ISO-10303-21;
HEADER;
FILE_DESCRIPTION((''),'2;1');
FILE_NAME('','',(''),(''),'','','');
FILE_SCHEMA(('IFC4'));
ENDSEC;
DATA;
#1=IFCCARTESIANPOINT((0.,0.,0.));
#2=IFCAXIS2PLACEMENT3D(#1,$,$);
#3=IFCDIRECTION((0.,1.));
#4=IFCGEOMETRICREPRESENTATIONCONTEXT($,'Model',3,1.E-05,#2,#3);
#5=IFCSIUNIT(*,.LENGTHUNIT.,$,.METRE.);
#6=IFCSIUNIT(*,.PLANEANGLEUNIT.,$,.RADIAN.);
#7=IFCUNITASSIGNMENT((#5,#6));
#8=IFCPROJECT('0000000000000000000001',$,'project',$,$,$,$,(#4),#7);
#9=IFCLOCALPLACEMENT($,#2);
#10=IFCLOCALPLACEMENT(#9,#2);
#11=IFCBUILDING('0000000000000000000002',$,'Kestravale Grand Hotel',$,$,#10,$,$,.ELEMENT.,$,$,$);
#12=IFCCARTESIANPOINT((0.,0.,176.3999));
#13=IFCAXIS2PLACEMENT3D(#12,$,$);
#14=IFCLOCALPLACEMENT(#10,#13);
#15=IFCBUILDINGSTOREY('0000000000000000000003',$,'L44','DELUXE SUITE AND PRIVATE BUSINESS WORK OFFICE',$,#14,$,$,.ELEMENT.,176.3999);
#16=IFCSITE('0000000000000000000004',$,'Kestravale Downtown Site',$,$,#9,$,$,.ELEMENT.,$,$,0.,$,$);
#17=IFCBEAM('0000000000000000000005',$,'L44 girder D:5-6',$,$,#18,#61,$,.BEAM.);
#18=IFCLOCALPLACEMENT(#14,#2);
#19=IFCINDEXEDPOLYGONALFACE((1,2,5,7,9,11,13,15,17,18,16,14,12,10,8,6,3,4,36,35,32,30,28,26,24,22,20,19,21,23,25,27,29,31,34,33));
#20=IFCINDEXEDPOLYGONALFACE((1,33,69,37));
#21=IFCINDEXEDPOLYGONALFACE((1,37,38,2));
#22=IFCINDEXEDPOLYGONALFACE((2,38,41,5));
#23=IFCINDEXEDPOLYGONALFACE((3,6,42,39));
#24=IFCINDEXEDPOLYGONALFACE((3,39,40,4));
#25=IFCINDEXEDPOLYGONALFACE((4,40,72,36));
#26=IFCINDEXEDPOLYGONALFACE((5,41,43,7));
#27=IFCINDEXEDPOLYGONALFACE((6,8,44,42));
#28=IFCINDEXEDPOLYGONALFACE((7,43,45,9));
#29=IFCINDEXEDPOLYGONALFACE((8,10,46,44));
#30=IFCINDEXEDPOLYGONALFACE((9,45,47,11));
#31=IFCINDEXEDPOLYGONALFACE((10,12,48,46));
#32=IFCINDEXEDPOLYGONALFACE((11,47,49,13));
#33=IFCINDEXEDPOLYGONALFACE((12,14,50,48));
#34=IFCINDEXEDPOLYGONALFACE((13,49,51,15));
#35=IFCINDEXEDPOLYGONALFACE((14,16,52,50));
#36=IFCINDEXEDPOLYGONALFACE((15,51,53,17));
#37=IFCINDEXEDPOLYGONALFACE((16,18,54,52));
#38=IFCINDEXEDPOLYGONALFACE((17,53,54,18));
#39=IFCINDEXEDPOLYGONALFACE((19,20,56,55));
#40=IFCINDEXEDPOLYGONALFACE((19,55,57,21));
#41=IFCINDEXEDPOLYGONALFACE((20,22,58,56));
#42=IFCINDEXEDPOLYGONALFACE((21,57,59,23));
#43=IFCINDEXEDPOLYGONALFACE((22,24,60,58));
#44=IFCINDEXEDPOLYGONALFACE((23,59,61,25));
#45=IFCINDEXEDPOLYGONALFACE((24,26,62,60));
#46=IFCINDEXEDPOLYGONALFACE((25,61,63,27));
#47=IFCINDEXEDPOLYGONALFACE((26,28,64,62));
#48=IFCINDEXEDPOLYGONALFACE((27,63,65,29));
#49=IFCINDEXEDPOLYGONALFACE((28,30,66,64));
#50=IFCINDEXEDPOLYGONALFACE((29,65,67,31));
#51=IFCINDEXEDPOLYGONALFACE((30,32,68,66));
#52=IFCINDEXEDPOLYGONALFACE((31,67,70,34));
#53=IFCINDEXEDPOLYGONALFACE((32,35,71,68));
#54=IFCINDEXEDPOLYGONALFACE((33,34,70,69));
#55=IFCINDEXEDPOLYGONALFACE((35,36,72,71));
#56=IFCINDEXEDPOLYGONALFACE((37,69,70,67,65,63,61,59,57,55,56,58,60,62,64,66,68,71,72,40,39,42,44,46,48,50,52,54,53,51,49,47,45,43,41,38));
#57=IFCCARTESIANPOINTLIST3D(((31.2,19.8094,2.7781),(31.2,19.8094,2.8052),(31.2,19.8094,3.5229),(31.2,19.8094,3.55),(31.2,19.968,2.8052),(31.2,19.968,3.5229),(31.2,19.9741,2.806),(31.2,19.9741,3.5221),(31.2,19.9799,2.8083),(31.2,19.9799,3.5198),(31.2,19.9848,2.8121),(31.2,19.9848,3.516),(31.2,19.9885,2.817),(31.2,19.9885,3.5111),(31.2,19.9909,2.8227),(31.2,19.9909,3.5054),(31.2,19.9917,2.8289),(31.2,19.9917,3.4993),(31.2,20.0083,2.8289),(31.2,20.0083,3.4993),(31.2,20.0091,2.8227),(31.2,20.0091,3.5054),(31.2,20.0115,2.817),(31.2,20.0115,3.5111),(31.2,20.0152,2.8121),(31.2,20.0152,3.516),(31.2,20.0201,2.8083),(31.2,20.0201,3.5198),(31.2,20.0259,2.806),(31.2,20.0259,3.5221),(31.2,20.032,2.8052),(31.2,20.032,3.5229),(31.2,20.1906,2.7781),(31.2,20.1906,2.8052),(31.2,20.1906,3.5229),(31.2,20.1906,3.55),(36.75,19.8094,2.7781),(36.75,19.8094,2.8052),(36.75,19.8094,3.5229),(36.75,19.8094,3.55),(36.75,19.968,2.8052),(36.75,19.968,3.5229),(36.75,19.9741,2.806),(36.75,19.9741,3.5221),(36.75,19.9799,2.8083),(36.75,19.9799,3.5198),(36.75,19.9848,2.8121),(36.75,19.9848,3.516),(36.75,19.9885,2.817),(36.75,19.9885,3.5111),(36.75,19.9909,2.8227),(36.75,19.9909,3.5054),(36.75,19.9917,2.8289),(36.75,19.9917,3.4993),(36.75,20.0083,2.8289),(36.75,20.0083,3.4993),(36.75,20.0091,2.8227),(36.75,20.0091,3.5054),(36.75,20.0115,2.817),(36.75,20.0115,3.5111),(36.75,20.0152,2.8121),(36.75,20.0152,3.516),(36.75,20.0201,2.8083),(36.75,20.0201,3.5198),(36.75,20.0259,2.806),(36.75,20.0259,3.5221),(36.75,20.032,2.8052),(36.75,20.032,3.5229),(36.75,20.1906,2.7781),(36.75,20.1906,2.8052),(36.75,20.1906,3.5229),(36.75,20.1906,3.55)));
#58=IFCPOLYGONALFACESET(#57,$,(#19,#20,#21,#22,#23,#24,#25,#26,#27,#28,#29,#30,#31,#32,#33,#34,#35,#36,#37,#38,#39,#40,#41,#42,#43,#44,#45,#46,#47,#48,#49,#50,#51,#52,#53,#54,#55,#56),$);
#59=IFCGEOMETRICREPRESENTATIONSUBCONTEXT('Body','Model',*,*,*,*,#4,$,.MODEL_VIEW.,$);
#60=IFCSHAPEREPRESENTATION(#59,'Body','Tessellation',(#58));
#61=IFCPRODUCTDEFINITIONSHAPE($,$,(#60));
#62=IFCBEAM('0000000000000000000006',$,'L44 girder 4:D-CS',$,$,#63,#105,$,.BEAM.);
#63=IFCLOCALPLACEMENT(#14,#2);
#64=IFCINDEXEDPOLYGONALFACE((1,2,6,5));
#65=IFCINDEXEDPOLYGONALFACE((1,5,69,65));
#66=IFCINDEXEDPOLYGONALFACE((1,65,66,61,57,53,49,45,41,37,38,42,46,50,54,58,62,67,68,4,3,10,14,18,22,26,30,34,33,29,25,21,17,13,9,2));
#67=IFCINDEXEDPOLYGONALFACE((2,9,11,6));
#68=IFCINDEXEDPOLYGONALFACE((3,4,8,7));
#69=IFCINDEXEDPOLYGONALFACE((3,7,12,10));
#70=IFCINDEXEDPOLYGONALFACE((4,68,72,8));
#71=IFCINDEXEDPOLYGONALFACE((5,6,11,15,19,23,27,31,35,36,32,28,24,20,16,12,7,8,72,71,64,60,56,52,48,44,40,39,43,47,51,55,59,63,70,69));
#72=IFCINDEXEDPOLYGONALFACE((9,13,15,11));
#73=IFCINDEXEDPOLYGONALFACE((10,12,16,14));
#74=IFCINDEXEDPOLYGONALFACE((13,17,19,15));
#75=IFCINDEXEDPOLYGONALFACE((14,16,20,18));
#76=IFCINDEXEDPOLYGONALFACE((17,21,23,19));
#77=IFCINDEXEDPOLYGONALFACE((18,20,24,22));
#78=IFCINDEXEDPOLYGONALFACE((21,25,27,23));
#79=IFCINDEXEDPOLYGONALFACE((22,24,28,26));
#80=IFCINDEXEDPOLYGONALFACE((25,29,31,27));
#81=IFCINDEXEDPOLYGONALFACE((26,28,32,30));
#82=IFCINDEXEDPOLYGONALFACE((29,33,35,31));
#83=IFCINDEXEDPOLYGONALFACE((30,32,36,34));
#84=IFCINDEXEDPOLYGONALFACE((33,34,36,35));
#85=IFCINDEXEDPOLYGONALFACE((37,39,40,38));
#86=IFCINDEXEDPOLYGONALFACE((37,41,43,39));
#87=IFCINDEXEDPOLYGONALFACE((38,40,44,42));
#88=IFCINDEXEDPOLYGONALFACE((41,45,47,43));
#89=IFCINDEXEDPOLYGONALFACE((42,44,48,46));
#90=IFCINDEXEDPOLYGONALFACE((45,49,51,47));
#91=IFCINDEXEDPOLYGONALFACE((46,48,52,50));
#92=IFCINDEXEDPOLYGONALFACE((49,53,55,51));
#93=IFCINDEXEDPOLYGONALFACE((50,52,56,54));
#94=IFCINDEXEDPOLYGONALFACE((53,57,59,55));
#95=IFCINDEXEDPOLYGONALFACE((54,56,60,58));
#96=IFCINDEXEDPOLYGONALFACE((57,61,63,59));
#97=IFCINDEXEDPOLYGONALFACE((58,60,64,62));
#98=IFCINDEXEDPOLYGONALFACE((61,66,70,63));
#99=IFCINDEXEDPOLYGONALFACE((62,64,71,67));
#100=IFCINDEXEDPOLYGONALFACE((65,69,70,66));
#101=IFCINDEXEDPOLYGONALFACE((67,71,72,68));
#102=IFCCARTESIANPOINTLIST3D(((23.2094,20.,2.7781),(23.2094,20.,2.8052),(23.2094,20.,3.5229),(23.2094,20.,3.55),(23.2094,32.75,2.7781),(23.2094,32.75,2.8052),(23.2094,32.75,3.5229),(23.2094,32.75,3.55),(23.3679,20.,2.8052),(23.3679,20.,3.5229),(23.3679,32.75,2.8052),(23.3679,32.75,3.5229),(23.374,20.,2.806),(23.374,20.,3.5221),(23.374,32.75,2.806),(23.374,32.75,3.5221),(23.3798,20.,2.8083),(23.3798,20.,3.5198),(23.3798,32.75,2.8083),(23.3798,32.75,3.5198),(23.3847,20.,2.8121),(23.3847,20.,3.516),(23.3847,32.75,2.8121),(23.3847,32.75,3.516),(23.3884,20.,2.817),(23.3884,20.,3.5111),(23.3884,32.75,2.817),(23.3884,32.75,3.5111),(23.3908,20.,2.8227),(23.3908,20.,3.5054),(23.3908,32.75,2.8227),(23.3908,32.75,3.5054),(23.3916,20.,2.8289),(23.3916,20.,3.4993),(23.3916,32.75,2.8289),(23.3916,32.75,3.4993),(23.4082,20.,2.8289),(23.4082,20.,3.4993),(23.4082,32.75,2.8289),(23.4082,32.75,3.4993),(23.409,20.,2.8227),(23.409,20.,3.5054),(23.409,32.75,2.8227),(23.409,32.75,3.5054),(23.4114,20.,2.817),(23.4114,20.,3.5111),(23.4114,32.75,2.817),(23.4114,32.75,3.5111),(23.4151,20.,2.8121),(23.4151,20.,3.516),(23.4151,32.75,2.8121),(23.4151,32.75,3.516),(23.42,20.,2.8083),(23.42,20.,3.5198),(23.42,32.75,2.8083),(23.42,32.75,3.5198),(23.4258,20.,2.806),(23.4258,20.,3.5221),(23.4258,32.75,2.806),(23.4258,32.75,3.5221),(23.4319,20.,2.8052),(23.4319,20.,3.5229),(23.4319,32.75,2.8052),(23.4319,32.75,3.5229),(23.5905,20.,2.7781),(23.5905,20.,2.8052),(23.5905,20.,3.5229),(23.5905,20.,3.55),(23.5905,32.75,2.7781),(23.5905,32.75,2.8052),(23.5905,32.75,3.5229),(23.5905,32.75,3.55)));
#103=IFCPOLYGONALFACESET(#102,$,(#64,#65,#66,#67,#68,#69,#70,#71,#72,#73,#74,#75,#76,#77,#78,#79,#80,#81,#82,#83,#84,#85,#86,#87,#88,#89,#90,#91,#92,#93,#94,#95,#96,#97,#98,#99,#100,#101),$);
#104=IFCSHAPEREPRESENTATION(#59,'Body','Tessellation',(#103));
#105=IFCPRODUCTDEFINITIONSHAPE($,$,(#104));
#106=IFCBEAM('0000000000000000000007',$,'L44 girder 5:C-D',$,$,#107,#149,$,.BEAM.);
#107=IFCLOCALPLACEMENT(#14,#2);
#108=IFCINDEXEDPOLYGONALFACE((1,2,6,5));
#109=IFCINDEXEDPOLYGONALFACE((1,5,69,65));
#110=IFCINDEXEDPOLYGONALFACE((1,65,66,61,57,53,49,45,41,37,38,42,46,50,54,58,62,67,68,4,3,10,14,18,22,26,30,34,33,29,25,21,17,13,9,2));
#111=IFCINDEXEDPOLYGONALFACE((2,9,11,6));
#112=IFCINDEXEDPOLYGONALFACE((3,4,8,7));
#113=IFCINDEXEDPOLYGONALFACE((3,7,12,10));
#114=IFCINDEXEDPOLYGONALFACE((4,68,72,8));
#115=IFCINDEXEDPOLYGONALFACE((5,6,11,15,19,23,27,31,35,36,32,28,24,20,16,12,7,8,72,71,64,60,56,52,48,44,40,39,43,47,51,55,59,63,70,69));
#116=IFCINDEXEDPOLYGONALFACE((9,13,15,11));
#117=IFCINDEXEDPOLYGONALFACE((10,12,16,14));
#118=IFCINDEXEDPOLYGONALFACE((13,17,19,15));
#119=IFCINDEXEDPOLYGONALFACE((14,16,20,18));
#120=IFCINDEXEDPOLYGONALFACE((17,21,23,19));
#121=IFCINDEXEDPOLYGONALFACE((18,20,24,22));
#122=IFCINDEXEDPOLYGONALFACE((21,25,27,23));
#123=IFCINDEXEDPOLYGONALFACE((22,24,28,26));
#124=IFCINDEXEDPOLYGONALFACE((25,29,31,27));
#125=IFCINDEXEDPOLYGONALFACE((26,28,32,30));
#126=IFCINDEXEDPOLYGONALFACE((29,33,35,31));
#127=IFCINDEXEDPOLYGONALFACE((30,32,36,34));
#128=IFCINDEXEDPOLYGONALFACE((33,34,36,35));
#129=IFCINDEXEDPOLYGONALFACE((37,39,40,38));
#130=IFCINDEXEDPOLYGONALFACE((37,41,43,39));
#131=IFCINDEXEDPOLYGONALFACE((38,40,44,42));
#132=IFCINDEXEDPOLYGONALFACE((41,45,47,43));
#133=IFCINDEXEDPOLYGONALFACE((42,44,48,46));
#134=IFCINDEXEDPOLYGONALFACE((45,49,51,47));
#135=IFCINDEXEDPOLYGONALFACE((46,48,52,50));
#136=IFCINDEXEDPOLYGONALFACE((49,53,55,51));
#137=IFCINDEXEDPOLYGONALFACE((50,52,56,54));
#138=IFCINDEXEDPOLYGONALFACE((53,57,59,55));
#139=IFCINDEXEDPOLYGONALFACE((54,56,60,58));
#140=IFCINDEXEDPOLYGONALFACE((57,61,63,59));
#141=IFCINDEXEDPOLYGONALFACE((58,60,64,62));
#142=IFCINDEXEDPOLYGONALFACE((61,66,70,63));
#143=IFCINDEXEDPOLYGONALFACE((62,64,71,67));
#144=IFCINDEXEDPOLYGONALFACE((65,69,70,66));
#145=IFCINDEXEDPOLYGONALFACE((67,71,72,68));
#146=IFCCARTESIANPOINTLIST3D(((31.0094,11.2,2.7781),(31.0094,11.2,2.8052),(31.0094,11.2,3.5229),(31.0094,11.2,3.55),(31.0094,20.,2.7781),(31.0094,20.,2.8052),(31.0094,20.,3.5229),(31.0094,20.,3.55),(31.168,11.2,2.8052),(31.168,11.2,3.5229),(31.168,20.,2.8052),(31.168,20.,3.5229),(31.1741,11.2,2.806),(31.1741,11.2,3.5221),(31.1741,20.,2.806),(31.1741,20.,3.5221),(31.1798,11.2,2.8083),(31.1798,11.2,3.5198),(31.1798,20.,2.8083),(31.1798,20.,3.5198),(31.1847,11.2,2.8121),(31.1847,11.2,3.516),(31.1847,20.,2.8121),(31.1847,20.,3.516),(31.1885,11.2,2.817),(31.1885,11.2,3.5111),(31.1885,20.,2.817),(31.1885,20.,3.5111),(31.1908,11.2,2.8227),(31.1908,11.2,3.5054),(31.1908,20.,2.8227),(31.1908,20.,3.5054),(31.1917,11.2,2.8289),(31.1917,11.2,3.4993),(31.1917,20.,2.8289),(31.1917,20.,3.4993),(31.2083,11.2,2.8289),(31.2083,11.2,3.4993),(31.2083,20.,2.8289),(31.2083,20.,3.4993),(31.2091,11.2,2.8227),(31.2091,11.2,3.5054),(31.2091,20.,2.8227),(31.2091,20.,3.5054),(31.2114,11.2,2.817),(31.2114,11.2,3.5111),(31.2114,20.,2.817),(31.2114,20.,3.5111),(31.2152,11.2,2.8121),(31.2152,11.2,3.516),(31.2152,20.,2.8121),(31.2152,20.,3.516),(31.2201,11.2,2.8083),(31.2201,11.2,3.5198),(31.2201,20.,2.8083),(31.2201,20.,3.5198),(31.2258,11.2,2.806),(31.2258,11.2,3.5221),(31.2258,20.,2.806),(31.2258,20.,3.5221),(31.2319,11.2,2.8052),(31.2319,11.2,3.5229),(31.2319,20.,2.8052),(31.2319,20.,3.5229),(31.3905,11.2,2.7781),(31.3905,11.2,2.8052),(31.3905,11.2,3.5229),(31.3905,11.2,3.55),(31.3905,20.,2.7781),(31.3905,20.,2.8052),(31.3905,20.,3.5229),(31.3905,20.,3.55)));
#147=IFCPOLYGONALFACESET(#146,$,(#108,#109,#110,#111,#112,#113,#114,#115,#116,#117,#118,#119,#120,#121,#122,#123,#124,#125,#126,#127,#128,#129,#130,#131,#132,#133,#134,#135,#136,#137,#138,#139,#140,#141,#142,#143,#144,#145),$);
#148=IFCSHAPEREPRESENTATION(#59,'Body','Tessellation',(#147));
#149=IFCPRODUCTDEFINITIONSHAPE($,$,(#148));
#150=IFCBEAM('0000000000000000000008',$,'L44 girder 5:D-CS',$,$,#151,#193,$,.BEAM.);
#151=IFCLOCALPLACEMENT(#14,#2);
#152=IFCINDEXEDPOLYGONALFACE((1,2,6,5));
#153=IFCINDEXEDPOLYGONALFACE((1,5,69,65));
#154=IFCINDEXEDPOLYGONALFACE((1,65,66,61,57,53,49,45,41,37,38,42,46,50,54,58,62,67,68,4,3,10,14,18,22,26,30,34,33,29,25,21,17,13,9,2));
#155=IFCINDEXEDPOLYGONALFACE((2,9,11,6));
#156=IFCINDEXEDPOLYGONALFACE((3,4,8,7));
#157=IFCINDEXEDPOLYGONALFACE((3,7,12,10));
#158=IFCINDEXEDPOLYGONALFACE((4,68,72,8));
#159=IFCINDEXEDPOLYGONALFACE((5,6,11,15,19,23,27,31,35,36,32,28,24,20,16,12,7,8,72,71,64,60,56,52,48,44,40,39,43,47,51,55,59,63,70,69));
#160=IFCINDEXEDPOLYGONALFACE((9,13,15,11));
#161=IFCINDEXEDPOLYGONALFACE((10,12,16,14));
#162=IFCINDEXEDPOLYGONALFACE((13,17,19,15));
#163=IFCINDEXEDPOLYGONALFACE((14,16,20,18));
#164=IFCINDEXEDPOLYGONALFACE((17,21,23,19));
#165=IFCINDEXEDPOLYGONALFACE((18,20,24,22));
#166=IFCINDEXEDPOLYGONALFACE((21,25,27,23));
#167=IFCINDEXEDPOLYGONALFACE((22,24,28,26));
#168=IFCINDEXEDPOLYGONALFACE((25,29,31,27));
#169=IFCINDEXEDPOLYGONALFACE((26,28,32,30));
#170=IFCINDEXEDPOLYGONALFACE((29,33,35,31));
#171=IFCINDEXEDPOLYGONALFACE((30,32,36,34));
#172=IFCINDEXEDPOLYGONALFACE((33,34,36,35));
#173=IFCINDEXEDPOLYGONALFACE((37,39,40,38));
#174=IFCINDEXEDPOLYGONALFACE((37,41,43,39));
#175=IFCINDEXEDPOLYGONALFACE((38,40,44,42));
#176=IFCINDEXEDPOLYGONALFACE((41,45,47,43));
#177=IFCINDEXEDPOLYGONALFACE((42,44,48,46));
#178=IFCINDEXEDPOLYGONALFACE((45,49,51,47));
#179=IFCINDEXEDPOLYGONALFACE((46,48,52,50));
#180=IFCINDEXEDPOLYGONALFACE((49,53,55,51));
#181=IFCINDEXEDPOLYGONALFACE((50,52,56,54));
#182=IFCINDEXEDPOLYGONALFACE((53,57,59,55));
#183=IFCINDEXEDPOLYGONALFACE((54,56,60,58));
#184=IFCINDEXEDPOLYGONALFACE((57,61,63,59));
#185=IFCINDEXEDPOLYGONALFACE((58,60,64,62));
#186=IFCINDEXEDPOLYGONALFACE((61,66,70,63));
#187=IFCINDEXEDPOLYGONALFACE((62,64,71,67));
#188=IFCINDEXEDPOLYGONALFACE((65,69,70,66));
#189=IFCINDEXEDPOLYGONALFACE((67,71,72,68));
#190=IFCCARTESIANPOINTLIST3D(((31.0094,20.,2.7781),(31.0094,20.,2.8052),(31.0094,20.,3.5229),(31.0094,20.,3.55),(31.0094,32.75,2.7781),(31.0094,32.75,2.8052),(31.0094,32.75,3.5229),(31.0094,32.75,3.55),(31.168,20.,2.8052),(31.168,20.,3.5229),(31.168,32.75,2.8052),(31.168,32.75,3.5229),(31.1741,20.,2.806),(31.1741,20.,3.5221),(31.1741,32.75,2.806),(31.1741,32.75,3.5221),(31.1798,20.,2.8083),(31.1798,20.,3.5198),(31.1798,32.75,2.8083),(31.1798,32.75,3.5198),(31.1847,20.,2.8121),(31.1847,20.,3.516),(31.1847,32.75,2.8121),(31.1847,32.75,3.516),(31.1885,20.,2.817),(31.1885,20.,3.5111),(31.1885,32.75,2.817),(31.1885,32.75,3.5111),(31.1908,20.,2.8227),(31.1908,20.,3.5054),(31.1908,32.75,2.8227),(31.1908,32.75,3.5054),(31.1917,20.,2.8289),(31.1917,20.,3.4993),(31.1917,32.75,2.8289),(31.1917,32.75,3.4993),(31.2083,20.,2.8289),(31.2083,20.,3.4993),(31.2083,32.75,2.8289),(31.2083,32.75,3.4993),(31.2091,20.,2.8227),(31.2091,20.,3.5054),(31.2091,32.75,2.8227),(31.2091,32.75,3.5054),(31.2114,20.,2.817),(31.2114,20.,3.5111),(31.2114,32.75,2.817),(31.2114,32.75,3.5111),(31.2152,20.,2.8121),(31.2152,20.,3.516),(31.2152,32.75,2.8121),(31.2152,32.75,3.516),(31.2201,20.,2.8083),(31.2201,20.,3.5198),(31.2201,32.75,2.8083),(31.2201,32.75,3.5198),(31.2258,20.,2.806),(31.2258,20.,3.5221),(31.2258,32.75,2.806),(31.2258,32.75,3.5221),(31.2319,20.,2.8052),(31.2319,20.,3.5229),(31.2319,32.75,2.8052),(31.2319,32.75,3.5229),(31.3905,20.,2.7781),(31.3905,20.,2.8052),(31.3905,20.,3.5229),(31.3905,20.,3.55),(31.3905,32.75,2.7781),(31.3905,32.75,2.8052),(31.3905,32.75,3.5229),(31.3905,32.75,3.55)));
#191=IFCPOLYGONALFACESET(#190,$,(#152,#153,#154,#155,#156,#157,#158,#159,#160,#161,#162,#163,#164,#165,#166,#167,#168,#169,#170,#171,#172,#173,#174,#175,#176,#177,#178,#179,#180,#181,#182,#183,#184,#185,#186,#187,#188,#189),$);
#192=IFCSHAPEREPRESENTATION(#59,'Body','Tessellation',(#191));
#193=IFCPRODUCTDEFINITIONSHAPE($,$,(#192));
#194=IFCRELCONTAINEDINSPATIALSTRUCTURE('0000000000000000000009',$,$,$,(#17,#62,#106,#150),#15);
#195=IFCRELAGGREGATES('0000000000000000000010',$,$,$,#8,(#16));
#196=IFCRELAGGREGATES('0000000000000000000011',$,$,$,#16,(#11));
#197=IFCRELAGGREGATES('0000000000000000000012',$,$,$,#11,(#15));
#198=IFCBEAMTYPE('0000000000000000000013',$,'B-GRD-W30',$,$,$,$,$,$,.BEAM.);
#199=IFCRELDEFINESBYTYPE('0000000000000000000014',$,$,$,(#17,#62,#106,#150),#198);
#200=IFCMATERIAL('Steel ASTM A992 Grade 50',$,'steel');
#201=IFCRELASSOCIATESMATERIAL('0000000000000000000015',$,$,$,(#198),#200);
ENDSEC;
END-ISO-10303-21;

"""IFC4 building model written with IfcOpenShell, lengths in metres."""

from ifc_helpers import new_model, si_unit, direction, frame, origin, origin_2d, place, context, subcontext, project, spatial, i_section, extrude, material, material_profile, profile_set, type_object, element, save


model = new_model("IFC4")

# Units and contexts
model_context = context("Model", 3, precision=1e-05, world=origin(), true_north=direction((0.0, 1.0)))
body_context = subcontext(model_context, "Body", "Model", "MODEL_VIEW")
ifc_project = project(units=[si_unit("LENGTHUNIT", "METRE"), si_unit("PLANEANGLEUNIT", "RADIAN")], contexts=[model_context])

# Site, building, storey
site_placement = place(None, origin())
site = spatial("IfcSite", under=ifc_project, at=site_placement, Name="Kestravale Downtown Site", CompositionType="ELEMENT", RefElevation=0.0)
building_placement = place(site_placement, origin())
building = spatial("IfcBuilding", under=site, at=building_placement, Name="Kestravale Grand Hotel", CompositionType="ELEMENT")
storey_placement = place(building_placement, frame((0.0, 0.0, 176.3999)))
storey = spatial("IfcBuildingStorey", under=building, at=storey_placement, Name="L44", Description="DELUXE SUITE AND PRIVATE BUSINESS WORK OFFICE", CompositionType="ELEMENT", Elevation=176.3999)

# Beams
ifc_material_1 = material(Name="Steel ASTM A992 Grade 50", Category="steel")
ifc_material_profile_1 = material_profile(ifc_material_1, i_section(OverallWidth=0.3811, OverallDepth=0.772, WebThickness=0.0166, FlangeThickness=0.0271, FilletRadius=0.0237, at=origin_2d()))
ifc_profile_set_1 = profile_set([ifc_material_profile_1], Name="Steel ASTM A992 Grade 50")
beam_type_1 = type_object("IfcBeamType", Name="B-GRD-W30", PredefinedType="BEAM", material=ifc_profile_set_1)
beam_1_placement = place(storey_placement, frame((31.2, 20.0, 3.1641), z_axis=(1.0, 0.0, 0.0), x_axis=(0.0, 1.0, 0.0)))
element("IfcBeam", 1, at=beam_1_placement, inside=storey, type_object=beam_type_1, Name="L44 girder D:5-6", PredefinedType="BEAM", context=body_context, shape_type="SweptSolid", body=[
    extrude(i_section(OverallWidth=0.3811, OverallDepth=0.772, WebThickness=0.0166, FlangeThickness=0.0271, FilletRadius=0.0237, at=origin_2d()), origin(), (0.0, 0.0, 1.0), 5.55),
])
beam_2_placement = place(storey_placement, frame((23.3999, 20.0, 3.1641), z_axis=(0.0, 1.0, 0.0), x_axis=(-1.0, 0.0, 0.0)))
element("IfcBeam", 2, at=beam_2_placement, inside=storey, type_object=beam_type_1, Name="L44 girder 4:D-CS", PredefinedType="BEAM", context=body_context, shape_type="SweptSolid", body=[
    extrude(i_section(OverallWidth=0.3811, OverallDepth=0.772, WebThickness=0.0166, FlangeThickness=0.0271, FilletRadius=0.0237, at=origin_2d()), origin(), (0.0, 0.0, 1.0), 12.75),
])
beam_3_placement = place(storey_placement, frame((31.2, 11.2, 3.1641), z_axis=(0.0, 1.0, 0.0), x_axis=(-1.0, 0.0, 0.0)))
element("IfcBeam", 3, at=beam_3_placement, inside=storey, type_object=beam_type_1, Name="L44 girder 5:C-D", PredefinedType="BEAM", context=body_context, shape_type="SweptSolid", body=[
    extrude(i_section(OverallWidth=0.3811, OverallDepth=0.772, WebThickness=0.0166, FlangeThickness=0.0271, FilletRadius=0.0237, at=origin_2d()), origin(), (0.0, 0.0, 1.0), 8.8),
])
beam_4_placement = place(storey_placement, frame((31.2, 20.0, 3.1641), z_axis=(0.0, 1.0, 0.0), x_axis=(-1.0, 0.0, 0.0)))
element("IfcBeam", 4, at=beam_4_placement, inside=storey, type_object=beam_type_1, Name="L44 girder 5:D-CS", PredefinedType="BEAM", context=body_context, shape_type="SweptSolid", body=[
    extrude(i_section(OverallWidth=0.3811, OverallDepth=0.772, WebThickness=0.0166, FlangeThickness=0.0271, FilletRadius=0.0237, at=origin_2d()), origin(), (0.0, 0.0, 1.0), 12.75),
])

save(model, "model.ifc")
